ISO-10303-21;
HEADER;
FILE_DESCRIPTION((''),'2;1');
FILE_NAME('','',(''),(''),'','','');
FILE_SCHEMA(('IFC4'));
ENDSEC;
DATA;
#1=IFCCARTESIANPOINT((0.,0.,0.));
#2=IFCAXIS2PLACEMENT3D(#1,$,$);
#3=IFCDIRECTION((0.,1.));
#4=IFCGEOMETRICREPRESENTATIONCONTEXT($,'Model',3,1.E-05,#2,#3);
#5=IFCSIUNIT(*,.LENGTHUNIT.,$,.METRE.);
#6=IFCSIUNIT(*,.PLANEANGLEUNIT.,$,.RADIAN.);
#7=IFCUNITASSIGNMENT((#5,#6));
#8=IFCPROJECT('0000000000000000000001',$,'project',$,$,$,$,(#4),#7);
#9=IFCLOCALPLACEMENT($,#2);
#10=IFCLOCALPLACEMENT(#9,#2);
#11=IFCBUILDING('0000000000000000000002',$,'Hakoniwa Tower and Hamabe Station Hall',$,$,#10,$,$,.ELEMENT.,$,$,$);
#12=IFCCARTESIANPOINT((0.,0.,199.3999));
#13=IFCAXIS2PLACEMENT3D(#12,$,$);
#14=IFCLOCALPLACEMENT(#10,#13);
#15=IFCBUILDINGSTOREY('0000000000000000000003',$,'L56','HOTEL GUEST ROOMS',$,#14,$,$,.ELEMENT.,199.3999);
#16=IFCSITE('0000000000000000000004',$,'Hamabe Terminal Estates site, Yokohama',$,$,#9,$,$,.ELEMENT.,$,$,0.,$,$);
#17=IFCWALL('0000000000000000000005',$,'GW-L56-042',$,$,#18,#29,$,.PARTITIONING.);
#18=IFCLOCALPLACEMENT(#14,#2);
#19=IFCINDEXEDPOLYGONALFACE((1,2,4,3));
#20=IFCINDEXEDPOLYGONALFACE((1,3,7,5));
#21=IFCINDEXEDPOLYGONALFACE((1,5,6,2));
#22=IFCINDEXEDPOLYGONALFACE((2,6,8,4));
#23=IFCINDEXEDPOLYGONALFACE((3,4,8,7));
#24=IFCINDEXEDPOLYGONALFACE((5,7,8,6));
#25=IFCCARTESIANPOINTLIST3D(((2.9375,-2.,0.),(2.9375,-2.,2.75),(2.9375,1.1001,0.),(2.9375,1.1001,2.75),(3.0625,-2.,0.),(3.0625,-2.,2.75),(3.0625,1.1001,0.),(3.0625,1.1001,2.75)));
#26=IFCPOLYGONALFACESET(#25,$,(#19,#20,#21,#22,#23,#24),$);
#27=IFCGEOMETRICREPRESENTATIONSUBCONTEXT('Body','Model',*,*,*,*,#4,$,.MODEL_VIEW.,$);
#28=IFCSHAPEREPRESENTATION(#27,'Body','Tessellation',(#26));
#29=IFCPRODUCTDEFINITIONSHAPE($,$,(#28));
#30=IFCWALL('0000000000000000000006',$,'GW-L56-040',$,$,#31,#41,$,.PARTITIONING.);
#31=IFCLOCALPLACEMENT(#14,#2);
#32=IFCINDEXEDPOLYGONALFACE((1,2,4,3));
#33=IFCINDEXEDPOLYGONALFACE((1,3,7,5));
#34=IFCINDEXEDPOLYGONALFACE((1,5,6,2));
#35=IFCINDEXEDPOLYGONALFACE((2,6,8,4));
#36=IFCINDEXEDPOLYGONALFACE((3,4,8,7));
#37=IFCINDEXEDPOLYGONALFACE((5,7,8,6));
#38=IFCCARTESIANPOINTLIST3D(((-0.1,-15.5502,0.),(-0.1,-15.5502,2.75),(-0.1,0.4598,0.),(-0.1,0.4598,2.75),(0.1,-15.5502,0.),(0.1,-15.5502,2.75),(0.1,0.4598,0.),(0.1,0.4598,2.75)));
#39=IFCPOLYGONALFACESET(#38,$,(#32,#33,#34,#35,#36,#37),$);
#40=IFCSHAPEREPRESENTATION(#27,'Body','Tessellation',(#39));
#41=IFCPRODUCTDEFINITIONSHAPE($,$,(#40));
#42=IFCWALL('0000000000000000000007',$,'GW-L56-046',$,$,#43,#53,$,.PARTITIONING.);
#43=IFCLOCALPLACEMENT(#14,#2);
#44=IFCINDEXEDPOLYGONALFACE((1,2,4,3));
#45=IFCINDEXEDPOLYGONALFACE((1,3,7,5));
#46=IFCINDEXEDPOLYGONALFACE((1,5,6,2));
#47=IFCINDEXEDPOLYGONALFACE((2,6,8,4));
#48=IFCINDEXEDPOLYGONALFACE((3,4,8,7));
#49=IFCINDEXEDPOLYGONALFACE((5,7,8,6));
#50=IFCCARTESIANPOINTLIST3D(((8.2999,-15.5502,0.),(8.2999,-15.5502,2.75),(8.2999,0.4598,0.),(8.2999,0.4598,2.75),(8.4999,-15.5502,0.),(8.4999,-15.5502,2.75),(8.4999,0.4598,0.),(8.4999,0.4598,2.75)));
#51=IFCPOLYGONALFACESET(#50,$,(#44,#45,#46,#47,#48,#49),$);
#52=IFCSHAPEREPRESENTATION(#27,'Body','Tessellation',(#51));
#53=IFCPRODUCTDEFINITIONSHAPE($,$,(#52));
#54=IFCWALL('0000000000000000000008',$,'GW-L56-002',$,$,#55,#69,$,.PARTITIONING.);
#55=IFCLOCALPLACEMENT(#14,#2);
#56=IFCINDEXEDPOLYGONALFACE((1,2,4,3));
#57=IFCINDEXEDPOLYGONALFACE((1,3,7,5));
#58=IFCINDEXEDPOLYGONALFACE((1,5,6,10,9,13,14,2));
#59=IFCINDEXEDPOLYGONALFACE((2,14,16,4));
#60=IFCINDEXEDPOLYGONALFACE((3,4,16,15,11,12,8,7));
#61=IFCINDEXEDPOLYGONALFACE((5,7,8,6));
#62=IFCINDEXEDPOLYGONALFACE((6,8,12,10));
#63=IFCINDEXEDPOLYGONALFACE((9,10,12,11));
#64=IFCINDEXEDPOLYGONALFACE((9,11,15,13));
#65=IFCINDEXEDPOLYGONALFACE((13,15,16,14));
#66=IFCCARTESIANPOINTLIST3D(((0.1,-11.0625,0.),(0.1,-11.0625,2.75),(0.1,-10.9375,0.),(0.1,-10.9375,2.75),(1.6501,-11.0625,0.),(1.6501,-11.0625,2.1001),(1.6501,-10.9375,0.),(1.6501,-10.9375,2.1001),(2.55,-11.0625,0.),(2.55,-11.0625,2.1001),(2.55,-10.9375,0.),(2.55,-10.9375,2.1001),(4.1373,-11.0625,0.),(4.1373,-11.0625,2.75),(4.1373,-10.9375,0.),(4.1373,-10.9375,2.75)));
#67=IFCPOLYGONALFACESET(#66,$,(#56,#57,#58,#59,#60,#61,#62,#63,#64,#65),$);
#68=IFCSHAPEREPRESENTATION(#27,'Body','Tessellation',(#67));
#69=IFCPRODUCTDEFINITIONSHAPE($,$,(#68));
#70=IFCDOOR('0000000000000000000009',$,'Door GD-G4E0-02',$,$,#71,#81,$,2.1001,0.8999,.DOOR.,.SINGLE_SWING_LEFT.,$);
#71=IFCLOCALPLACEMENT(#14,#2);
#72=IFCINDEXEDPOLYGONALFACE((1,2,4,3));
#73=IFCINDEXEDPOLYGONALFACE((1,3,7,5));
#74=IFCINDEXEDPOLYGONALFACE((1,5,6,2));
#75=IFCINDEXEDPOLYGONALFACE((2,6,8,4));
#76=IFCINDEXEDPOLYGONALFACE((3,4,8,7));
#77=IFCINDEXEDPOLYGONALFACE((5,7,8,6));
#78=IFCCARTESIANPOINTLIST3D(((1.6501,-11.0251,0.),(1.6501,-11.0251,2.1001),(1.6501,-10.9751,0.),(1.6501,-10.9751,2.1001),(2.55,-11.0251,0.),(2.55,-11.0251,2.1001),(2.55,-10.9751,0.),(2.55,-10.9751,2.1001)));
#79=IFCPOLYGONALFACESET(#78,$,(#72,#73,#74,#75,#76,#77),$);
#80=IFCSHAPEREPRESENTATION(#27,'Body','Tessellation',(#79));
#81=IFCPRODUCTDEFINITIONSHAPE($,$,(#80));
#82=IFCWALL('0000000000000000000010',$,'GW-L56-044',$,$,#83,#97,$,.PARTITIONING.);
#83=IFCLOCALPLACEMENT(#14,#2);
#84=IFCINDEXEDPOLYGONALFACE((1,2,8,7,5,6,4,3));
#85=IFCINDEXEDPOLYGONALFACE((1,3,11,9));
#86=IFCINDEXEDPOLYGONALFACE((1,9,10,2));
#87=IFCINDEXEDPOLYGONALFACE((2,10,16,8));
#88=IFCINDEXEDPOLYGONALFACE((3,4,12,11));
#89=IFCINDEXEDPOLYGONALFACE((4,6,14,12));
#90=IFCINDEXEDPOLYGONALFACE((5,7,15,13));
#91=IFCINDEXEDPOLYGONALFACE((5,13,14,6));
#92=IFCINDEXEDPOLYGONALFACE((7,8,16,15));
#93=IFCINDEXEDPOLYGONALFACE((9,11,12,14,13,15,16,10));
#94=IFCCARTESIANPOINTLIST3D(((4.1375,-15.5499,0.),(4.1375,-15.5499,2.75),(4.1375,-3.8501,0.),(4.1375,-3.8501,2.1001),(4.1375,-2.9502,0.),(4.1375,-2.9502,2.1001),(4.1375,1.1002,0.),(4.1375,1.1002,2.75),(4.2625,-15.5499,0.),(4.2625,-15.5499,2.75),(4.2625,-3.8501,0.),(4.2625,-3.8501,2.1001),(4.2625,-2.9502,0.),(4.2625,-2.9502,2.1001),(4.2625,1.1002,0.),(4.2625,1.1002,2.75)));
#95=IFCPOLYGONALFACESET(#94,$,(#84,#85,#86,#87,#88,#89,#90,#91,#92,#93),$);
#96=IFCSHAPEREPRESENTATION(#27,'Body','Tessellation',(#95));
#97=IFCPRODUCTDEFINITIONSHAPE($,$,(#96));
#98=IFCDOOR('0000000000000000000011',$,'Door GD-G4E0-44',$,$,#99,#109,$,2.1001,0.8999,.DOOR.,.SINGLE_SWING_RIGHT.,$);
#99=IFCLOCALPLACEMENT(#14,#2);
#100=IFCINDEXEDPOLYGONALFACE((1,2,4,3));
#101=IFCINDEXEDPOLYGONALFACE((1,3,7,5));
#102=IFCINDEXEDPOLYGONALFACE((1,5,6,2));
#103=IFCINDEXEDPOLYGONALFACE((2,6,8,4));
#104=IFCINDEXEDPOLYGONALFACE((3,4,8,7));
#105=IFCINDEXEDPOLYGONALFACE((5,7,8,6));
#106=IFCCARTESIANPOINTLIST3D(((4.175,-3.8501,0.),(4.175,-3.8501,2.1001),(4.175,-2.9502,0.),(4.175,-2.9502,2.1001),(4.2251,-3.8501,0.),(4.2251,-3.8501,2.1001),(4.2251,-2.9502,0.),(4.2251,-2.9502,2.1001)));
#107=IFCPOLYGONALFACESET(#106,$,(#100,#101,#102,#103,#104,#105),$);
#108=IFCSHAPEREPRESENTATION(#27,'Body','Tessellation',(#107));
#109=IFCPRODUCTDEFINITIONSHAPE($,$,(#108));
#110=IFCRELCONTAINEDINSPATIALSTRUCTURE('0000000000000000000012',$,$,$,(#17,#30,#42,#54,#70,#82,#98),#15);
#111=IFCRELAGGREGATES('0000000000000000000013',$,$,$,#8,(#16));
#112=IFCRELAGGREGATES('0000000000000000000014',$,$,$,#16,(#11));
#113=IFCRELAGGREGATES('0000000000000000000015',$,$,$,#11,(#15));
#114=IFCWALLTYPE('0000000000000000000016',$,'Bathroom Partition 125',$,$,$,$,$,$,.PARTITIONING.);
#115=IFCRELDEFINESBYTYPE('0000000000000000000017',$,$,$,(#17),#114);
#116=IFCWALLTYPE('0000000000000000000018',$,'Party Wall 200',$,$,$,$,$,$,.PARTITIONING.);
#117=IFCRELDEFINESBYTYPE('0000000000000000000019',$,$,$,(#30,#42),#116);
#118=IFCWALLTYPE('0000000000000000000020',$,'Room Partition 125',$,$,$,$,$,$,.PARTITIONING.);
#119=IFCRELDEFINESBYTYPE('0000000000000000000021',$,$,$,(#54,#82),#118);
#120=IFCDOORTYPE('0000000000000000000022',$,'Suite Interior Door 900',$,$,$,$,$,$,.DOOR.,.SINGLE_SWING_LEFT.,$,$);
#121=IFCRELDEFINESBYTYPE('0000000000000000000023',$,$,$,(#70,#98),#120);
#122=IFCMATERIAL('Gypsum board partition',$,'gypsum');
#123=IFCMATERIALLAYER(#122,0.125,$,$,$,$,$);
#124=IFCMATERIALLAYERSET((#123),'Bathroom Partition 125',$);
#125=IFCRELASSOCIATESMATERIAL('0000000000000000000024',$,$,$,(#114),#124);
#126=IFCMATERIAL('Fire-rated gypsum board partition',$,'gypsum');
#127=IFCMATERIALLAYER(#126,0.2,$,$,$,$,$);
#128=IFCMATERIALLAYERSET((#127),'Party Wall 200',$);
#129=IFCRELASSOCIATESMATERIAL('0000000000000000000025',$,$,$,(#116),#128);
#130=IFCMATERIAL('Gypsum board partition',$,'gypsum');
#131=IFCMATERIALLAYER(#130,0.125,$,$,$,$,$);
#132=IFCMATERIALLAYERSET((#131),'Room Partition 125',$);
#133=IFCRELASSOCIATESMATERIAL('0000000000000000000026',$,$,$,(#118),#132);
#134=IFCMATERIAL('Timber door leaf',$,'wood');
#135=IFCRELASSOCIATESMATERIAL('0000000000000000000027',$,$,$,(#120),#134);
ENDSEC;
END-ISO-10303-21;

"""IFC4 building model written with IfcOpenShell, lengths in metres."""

from ifc_helpers import new_model, si_unit, direction, frame, frame_2d, origin, place, context, subcontext, project, spatial, rectangle, extrude, material, layer, layer_set, type_object, element, fill, save


model = new_model("IFC4")

# Units and contexts
model_context = context("Model", 3, precision=1e-05, world=origin(), true_north=direction((0.0, 1.0)))
body_context = subcontext(model_context, "Body", "Model", "MODEL_VIEW")
ifc_project = project(units=[si_unit("LENGTHUNIT", "METRE"), si_unit("PLANEANGLEUNIT", "RADIAN")], contexts=[model_context])

# Site, building, storey
site_placement = place(None, origin())
site = spatial("IfcSite", under=ifc_project, at=site_placement, Name="Hamabe Terminal Estates site, Yokohama", CompositionType="ELEMENT", RefElevation=0.0)
building_placement = place(site_placement, origin())
building = spatial("IfcBuilding", under=site, at=building_placement, Name="Hakoniwa Tower and Hamabe Station Hall", CompositionType="ELEMENT")
storey_placement = place(building_placement, frame((0.0, 0.0, 199.3999)))
storey = spatial("IfcBuildingStorey", under=building, at=storey_placement, Name="L56", Description="HOTEL GUEST ROOMS", CompositionType="ELEMENT", Elevation=199.3999)

# Shared definitions
ifc_material_1 = material(Name="Gypsum board partition", Category="gypsum")
ifc_layer_1 = layer(ifc_material_1, 0.125)
ifc_layer_set_1 = layer_set([ifc_layer_1], Name="Bathroom Partition 125")
wall_type_1 = type_object("IfcWallType", Name="Bathroom Partition 125", PredefinedType="PARTITIONING", material=ifc_layer_set_1)

# Walls
wall_1_placement = place(storey_placement, frame((3.0, -2.0, 0.0), z_axis=(0.0, 0.0, 1.0), x_axis=(0.0, 1.0, 0.0)))
element("IfcWall", 1, at=wall_1_placement, inside=storey, type_object=wall_type_1, Name="GW-L56-042", PredefinedType="PARTITIONING", context=body_context, shape_type="SweptSolid", body=[
    extrude(rectangle(XDim=3.1001, YDim=0.125, at=frame_2d((1.55, 0.0))), origin(), (0.0, 0.0, 1.0), 2.75),
])
ifc_material_2 = material(Name="Fire-rated gypsum board partition", Category="gypsum")
ifc_layer_2 = layer(ifc_material_2, 0.2)
ifc_layer_set_2 = layer_set([ifc_layer_2], Name="Party Wall 200")
wall_type_2 = type_object("IfcWallType", Name="Party Wall 200", PredefinedType="PARTITIONING", material=ifc_layer_set_2)
for number, where, z_axis, x_axis, name in (
    (2, (0.0, -15.55, 0.0), (0.0, 0.0, 1.0), (0.0, 1.0, 0.0), "GW-L56-040"),
    (3, (8.3999, -15.55, 0.0), (0.0, 0.0, 1.0), (0.0, 1.0, 0.0), "GW-L56-046"),
):
    element("IfcWall", number, at=place(storey_placement, frame(where, z_axis=z_axis, x_axis=x_axis)), inside=storey, type_object=wall_type_2, Name=name, PredefinedType="PARTITIONING", context=body_context, shape_type="SweptSolid", body=[
        extrude(rectangle(XDim=16.01, YDim=0.2, at=frame_2d((8.0049, 0.0))), origin(), (0.0, 0.0, 1.0), 2.75),
    ])

# Walls, openings, doors
ifc_material_3 = material(Name="Gypsum board partition", Category="gypsum")
ifc_layer_3 = layer(ifc_material_3, 0.125)
ifc_layer_set_3 = layer_set([ifc_layer_3], Name="Room Partition 125")
wall_type_3 = type_object("IfcWallType", Name="Room Partition 125", PredefinedType="PARTITIONING", material=ifc_layer_set_3)
wall_2_placement = place(storey_placement, frame((0.1001, -11.0, 0.0), z_axis=(0.0, 0.0, 1.0), x_axis=(1.0, 0.0, 0.0)))
wall_2 = element("IfcWall", 4, at=wall_2_placement, inside=storey, type_object=wall_type_3, Name="GW-L56-002", PredefinedType="PARTITIONING", context=body_context, shape_type="SweptSolid", body=[
    extrude(rectangle(XDim=4.0374, YDim=0.125, at=frame_2d((2.0186, 0.0))), origin(), (0.0, 0.0, 1.0), 2.75),
])
opening_1_placement = place(wall_2_placement, frame((1.55, 0.0, 0.0)))
opening_1 = element("IfcOpeningElement", 5, at=opening_1_placement, cuts=wall_2, PredefinedType="OPENING", context=body_context, shape_type="SweptSolid", body=[
    extrude(rectangle(XDim=0.8999, YDim=2.1001, at=frame_2d((0.45, 1.05))), frame((0.0, 0.0725, 0.0), z_axis=(0.0, -1.0, 0.0), x_axis=(1.0, 0.0, 0.0)), (0.0, 0.0, 1.0), 0.145),
])
ifc_material_4 = material(Name="Timber door leaf", Category="wood")
door_type_1 = type_object("IfcDoorType", Name="Suite Interior Door 900", OperationType="SINGLE_SWING_LEFT", PredefinedType="DOOR", material=ifc_material_4)
door_1_placement = place(opening_1_placement, origin())
door_1 = element("IfcDoor", 6, at=door_1_placement, inside=storey, type_object=door_type_1, Name="Door GD-G4E0-02", OperationType="SINGLE_SWING_LEFT", OverallHeight=2.1001, OverallWidth=0.8999, PredefinedType="DOOR", context=body_context, shape_type="SweptSolid", body=[
    extrude(rectangle(XDim=0.8999, YDim=2.1001, at=frame_2d((0.45, 1.05))), frame((0.0, 0.0249, 0.0), z_axis=(0.0, -1.0, 0.0), x_axis=(1.0, 0.0, 0.0)), (0.0, 0.0, 1.0), 0.05),
])
fill(opening_1, door_1)
wall_3_placement = place(storey_placement, frame((4.2, -15.55, 0.0), z_axis=(0.0, 0.0, 1.0), x_axis=(0.0, 1.0, 0.0)))
wall_3 = element("IfcWall", 7, at=wall_3_placement, inside=storey, type_object=wall_type_3, Name="GW-L56-044", PredefinedType="PARTITIONING", context=body_context, shape_type="SweptSolid", body=[
    extrude(rectangle(XDim=16.6501, YDim=0.125, at=frame_2d((8.3252, 0.0))), origin(), (0.0, 0.0, 1.0), 2.75),
])
opening_2_placement = place(wall_3_placement, frame((11.7, 0.0, 0.0)))
opening_2 = element("IfcOpeningElement", 8, at=opening_2_placement, cuts=wall_3, PredefinedType="OPENING", context=body_context, shape_type="SweptSolid", body=[
    extrude(rectangle(XDim=0.8999, YDim=2.1001, at=frame_2d((0.45, 1.05))), frame((0.0, 0.0725, 0.0), z_axis=(0.0, -1.0, 0.0), x_axis=(1.0, 0.0, 0.0)), (0.0, 0.0, 1.0), 0.145),
])
door_2_placement = place(opening_2_placement, origin())
door_2 = element("IfcDoor", 9, at=door_2_placement, inside=storey, type_object=door_type_1, Name="Door GD-G4E0-44", OperationType="SINGLE_SWING_RIGHT", OverallHeight=2.1001, OverallWidth=0.8999, PredefinedType="DOOR", context=body_context, shape_type="SweptSolid", body=[
    extrude(rectangle(XDim=0.8999, YDim=2.1001, at=frame_2d((0.45, 1.05))), frame((0.0, 0.0249, 0.0), z_axis=(0.0, -1.0, 0.0), x_axis=(1.0, 0.0, 0.0)), (0.0, 0.0, 1.0), 0.05),
])
fill(opening_2, door_2)

save(model, "model.ifc")
